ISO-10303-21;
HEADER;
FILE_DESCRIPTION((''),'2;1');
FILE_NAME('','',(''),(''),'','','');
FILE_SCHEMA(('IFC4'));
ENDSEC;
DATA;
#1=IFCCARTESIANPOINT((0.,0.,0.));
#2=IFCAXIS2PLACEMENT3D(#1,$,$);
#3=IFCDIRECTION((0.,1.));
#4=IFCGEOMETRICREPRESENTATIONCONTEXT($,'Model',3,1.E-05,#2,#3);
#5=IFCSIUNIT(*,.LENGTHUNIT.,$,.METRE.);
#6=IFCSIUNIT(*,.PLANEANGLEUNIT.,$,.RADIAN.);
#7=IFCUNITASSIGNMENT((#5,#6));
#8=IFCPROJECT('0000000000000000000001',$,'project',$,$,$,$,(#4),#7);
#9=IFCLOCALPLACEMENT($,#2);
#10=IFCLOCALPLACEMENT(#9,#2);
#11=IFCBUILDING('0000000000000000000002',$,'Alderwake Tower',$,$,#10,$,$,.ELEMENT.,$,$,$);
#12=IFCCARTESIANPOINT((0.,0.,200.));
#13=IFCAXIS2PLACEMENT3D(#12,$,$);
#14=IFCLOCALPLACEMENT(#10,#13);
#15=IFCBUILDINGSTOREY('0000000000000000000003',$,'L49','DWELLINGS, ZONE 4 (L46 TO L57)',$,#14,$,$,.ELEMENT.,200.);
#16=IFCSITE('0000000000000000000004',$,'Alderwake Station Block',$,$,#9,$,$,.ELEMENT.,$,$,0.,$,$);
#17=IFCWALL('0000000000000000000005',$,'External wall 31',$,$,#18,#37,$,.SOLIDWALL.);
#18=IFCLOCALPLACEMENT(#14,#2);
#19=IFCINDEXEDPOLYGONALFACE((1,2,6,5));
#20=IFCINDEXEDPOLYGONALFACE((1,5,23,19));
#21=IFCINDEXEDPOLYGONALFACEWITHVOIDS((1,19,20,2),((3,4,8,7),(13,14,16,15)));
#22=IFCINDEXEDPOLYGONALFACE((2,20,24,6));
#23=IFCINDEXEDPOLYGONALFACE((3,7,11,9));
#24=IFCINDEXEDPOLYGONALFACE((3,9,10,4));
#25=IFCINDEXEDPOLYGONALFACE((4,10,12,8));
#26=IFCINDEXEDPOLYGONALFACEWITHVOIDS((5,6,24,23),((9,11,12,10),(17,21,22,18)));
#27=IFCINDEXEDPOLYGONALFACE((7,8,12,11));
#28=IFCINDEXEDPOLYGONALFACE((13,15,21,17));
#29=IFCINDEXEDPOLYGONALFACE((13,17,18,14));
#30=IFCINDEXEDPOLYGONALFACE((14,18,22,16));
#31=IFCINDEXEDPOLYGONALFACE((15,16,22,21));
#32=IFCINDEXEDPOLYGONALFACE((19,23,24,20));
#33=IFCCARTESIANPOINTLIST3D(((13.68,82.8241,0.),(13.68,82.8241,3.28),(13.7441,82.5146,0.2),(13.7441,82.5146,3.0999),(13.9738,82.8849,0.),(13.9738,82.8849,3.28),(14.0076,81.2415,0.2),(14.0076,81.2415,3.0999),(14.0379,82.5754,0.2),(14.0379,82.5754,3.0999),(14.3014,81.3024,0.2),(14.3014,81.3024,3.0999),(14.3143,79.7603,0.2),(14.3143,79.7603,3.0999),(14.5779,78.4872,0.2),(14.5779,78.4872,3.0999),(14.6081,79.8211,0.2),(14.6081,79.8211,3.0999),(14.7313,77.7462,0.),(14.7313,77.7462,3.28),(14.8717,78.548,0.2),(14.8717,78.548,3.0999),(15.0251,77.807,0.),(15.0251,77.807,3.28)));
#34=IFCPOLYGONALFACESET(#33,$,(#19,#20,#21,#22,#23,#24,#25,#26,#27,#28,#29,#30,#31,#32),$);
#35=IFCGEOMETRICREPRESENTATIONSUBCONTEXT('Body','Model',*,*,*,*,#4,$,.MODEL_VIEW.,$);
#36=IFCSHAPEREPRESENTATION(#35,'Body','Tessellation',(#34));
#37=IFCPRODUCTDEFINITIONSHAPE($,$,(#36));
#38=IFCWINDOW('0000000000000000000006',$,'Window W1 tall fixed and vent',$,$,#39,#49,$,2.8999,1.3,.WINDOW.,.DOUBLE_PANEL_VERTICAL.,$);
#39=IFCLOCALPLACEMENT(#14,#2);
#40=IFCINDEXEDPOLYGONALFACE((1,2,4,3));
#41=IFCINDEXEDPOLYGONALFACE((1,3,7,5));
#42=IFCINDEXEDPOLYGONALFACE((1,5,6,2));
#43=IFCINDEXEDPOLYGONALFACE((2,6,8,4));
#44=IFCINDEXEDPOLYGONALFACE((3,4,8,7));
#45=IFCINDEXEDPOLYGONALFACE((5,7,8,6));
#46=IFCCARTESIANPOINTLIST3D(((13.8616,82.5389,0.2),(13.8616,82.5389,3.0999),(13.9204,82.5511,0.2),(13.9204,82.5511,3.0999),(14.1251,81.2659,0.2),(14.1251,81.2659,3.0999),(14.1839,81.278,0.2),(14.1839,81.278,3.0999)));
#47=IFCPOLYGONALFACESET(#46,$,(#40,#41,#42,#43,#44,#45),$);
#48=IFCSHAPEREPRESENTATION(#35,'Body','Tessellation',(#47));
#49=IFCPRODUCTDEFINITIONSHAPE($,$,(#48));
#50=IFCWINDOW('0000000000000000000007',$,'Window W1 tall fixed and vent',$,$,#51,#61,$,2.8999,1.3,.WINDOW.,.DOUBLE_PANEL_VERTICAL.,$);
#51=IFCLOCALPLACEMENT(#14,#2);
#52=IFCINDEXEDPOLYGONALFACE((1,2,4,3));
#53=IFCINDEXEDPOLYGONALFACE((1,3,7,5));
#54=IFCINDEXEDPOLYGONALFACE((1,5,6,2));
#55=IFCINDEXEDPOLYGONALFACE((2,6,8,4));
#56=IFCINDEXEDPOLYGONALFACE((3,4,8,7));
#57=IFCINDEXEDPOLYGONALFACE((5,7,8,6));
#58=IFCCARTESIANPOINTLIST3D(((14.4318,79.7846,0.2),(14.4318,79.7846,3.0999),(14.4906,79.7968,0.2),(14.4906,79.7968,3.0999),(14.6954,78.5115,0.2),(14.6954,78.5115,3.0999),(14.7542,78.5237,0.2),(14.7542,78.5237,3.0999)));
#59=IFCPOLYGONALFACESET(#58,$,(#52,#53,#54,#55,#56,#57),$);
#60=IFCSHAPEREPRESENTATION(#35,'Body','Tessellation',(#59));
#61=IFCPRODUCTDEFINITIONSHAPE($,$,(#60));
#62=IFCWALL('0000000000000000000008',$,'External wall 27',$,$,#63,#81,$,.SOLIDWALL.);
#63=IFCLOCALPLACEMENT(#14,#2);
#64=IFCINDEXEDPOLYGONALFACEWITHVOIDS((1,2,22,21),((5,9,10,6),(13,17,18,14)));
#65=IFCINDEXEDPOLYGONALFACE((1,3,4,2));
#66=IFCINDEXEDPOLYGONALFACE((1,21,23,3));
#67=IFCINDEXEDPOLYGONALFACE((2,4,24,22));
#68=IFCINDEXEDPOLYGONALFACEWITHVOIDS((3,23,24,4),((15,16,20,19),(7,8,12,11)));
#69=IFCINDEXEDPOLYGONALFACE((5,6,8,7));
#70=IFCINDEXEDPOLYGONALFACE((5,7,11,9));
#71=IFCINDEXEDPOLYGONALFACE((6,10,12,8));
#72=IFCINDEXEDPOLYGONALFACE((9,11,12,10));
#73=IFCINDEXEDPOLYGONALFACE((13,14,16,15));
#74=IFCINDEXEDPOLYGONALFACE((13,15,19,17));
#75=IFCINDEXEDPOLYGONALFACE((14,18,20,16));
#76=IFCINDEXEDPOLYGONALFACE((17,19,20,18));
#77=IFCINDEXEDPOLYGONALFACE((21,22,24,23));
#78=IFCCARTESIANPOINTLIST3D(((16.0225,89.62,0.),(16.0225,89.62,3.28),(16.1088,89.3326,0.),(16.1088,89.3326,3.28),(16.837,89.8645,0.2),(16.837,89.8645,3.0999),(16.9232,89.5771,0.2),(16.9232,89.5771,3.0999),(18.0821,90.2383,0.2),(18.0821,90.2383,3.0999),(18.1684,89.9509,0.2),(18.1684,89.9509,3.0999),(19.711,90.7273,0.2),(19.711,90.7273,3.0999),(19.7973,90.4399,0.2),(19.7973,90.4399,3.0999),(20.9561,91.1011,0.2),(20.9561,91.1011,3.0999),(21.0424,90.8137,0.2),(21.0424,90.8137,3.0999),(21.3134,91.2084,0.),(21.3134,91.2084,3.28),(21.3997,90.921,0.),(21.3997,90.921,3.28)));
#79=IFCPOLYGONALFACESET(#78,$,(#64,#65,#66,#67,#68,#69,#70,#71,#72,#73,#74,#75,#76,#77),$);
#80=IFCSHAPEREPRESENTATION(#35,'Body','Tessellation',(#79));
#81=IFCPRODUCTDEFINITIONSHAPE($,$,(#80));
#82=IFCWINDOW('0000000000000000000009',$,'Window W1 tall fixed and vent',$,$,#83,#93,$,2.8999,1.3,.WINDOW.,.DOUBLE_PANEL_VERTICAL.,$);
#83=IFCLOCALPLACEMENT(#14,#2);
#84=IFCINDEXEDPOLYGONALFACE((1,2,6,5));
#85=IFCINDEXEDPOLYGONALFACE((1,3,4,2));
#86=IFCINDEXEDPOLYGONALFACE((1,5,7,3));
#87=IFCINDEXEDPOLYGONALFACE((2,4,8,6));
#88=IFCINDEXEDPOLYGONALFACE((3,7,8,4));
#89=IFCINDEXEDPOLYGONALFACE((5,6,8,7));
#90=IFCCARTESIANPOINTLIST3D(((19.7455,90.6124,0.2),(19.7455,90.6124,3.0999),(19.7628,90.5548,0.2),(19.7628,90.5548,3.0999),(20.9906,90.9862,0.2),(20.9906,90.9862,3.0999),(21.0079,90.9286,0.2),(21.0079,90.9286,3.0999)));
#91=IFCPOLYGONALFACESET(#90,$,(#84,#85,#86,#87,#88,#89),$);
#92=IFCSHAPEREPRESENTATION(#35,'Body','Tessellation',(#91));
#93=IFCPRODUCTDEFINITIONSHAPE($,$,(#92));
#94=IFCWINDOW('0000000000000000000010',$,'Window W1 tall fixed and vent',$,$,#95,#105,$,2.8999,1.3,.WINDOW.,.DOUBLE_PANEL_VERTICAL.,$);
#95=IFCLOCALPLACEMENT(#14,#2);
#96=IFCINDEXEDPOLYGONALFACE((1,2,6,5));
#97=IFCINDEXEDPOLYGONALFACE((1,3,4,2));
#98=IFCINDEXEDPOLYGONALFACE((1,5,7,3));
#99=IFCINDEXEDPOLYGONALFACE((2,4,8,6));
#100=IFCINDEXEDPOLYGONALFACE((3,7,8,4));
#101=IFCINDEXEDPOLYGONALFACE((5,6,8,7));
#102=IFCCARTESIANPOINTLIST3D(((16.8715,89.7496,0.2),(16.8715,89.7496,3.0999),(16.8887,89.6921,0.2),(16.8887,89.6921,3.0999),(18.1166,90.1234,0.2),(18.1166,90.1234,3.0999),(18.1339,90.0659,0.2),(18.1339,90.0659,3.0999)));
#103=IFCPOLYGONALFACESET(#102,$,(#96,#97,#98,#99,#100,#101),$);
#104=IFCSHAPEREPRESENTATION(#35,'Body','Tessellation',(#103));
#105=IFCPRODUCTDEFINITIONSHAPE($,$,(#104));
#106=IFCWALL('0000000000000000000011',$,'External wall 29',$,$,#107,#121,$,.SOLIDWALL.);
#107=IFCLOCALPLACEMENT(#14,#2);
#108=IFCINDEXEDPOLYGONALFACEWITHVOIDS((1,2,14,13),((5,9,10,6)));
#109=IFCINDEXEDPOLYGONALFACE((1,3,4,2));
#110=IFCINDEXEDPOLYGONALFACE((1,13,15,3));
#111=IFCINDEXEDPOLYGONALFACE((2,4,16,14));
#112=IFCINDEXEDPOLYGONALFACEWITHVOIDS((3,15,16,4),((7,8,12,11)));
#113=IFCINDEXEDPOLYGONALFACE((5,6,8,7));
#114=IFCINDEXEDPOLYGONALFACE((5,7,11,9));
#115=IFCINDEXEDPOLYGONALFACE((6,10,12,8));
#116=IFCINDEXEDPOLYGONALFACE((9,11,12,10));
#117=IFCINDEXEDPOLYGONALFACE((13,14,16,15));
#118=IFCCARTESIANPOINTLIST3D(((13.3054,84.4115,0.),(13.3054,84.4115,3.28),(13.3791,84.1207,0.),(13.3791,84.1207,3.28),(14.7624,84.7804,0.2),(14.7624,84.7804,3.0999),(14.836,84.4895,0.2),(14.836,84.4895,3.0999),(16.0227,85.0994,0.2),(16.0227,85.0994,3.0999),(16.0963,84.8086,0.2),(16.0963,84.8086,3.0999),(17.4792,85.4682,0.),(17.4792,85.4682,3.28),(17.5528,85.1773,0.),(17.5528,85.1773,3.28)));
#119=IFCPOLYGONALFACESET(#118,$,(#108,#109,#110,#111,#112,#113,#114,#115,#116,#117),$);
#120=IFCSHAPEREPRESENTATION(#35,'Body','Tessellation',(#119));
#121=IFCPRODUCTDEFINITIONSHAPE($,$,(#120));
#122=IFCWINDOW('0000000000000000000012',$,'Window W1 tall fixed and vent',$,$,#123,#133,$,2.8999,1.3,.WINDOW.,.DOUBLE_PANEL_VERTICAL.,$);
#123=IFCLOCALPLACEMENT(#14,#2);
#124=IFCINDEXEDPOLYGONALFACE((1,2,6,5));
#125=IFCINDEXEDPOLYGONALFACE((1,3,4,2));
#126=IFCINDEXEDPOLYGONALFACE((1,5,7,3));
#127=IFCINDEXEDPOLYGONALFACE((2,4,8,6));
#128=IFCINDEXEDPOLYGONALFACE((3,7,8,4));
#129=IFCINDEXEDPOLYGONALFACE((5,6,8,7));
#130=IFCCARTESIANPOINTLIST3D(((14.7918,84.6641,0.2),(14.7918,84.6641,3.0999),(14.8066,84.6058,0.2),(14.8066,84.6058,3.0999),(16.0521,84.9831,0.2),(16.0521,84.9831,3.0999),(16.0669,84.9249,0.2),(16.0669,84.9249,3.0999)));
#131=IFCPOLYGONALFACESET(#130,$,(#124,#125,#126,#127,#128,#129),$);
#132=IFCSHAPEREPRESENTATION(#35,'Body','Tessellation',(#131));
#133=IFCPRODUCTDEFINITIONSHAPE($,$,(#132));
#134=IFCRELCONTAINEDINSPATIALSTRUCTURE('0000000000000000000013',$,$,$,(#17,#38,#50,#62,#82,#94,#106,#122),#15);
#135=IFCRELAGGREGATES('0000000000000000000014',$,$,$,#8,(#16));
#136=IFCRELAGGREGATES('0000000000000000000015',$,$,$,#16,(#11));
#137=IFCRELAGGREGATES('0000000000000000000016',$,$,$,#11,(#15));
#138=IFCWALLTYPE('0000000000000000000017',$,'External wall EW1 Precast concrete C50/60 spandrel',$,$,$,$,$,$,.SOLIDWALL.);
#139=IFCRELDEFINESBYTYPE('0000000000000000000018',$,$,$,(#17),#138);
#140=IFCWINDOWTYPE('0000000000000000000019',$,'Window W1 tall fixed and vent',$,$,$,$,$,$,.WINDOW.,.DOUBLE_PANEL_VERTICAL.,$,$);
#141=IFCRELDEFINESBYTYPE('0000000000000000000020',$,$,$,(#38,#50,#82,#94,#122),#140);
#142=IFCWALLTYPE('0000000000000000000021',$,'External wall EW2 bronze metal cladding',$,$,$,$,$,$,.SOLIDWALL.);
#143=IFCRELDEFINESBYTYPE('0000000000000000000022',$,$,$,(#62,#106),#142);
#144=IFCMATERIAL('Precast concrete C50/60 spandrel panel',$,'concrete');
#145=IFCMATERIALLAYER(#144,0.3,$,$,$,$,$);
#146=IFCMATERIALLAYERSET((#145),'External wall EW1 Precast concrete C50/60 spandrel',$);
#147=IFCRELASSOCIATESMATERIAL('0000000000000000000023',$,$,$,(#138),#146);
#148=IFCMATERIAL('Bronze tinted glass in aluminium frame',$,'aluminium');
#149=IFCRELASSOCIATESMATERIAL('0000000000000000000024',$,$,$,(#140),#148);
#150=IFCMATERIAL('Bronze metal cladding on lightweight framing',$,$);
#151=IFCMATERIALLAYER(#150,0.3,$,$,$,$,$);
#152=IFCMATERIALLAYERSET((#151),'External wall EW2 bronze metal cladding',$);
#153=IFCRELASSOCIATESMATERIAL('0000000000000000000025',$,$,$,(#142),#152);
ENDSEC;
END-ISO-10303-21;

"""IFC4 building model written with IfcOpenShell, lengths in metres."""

from ifc_helpers import new_model, si_unit, direction, frame, frame_2d, origin, place, context, subcontext, project, spatial, rectangle, extrude, material, layer, layer_set, type_object, element, fill, save


model = new_model("IFC4")

# Units and contexts
model_context = context("Model", 3, precision=1e-05, world=origin(), true_north=direction((0.0, 1.0)))
body_context = subcontext(model_context, "Body", "Model", "MODEL_VIEW")
ifc_project = project(units=[si_unit("LENGTHUNIT", "METRE"), si_unit("PLANEANGLEUNIT", "RADIAN")], contexts=[model_context])

# Site, building, storey
site_placement = place(None, origin())
site = spatial("IfcSite", under=ifc_project, at=site_placement, Name="Alderwake Station Block", CompositionType="ELEMENT", RefElevation=0.0)
building_placement = place(site_placement, origin())
building = spatial("IfcBuilding", under=site, at=building_placement, Name="Alderwake Tower", CompositionType="ELEMENT")
storey_placement = place(building_placement, frame((0.0, 0.0, 200.0)))
storey = spatial("IfcBuildingStorey", under=building, at=storey_placement, Name="L49", Description="DWELLINGS, ZONE 4 (L46 TO L57)", CompositionType="ELEMENT", Elevation=200.0)

# Shared definitions
ifc_material_1 = material(Name="Precast concrete C50/60 spandrel panel", Category="concrete")
ifc_layer_1 = layer(ifc_material_1, 0.3)
ifc_layer_set_1 = layer_set([ifc_layer_1], Name="External wall EW1 Precast concrete C50/60 spandrel")
wall_type_1 = type_object("IfcWallType", Name="External wall EW1 Precast concrete C50/60 spandrel", PredefinedType="SOLIDWALL", material=ifc_layer_set_1)

# Walls, openings, windows
wall_1_placement = place(storey_placement, frame((13.8269, 82.8545, 0.0), z_axis=(0.0, 0.0, 1.0), x_axis=(0.20273, -0.979235, 0.0)))
wall_1 = element("IfcWall", 1, at=wall_1_placement, inside=storey, type_object=wall_type_1, Name="External wall 31", PredefinedType="SOLIDWALL", context=body_context, shape_type="SweptSolid", body=[
    extrude(rectangle(XDim=5.1855, YDim=0.3, at=frame_2d((2.5928, 0.0))), origin(), (0.0, 0.0, 1.0), 3.28),
])
opening_1_placement = place(wall_1_placement, frame((0.3162, 0.0, 0.2)))
opening_1 = element("IfcOpeningElement", 2, at=opening_1_placement, cuts=wall_1, PredefinedType="OPENING", context=body_context, shape_type="SweptSolid", body=[
    extrude(rectangle(XDim=1.3, YDim=2.8999, at=frame_2d((0.6499, 1.45))), frame((0.0, 0.1599, 0.0), z_axis=(0.0, -1.0, 0.0), x_axis=(1.0, 0.0, 0.0)), (0.0, 0.0, 1.0), 0.3201),
])
opening_2_placement = place(wall_1_placement, frame((3.1289, 0.0, 0.2)))
opening_2 = element("IfcOpeningElement", 3, at=opening_2_placement, cuts=wall_1, PredefinedType="OPENING", context=body_context, shape_type="SweptSolid", body=[
    extrude(rectangle(XDim=1.3, YDim=2.8999, at=frame_2d((0.6499, 1.45))), frame((0.0, 0.1599, 0.0), z_axis=(0.0, -1.0, 0.0), x_axis=(1.0, 0.0, 0.0)), (0.0, 0.0, 1.0), 0.3201),
])
ifc_material_2 = material(Name="Bronze tinted glass in aluminium frame", Category="aluminium")
window_type = type_object("IfcWindowType", Name="Window W1 tall fixed and vent", PartitioningType="DOUBLE_PANEL_VERTICAL", PredefinedType="WINDOW", material=ifc_material_2)
window_1_placement = place(opening_1_placement, origin())
window_1 = element("IfcWindow", 4, at=window_1_placement, inside=storey, type_object=window_type, Name="Window W1 tall fixed and vent", OverallHeight=2.8999, OverallWidth=1.3, PartitioningType="DOUBLE_PANEL_VERTICAL", PredefinedType="WINDOW", context=body_context, shape_type="SweptSolid", body=[
    extrude(rectangle(XDim=1.3, YDim=2.8999, at=frame_2d((0.6499, 1.45))), frame((0.0, 0.03, 0.0), z_axis=(0.0, -1.0, 0.0), x_axis=(1.0, 0.0, 0.0)), (0.0, 0.0, 1.0), 0.0601),
])
fill(opening_1, window_1)
window_2_placement = place(opening_2_placement, origin())
window_2 = element("IfcWindow", 5, at=window_2_placement, inside=storey, type_object=window_type, Name="Window W1 tall fixed and vent", OverallHeight=2.8999, OverallWidth=1.3, PartitioningType="DOUBLE_PANEL_VERTICAL", PredefinedType="WINDOW", context=body_context, shape_type="SweptSolid", body=[
    extrude(rectangle(XDim=1.3, YDim=2.8999, at=frame_2d((0.6499, 1.45))), frame((0.0, 0.03, 0.0), z_axis=(0.0, -1.0, 0.0), x_axis=(1.0, 0.0, 0.0)), (0.0, 0.0, 1.0), 0.0601),
])
fill(opening_2, window_2)
ifc_material_3 = material(Name="Bronze metal cladding on lightweight framing")
ifc_layer_2 = layer(ifc_material_3, 0.3)
ifc_layer_set_2 = layer_set([ifc_layer_2], Name="External wall EW2 bronze metal cladding")
wall_type_2 = type_object("IfcWallType", Name="External wall EW2 bronze metal cladding", PredefinedType="SOLIDWALL", material=ifc_layer_set_2)
wall_2_placement = place(storey_placement, frame((21.3567, 91.0647, 0.0), z_axis=(0.0, 0.0, 1.0), x_axis=(-0.957773, -0.287526, 0.0)))
wall_2 = element("IfcWall", 6, at=wall_2_placement, inside=storey, type_object=wall_type_2, Name="External wall 27", PredefinedType="SOLIDWALL", context=body_context, shape_type="SweptSolid", body=[
    extrude(rectangle(XDim=5.5242, YDim=0.3, at=frame_2d((2.7622, 0.0))), origin(), (0.0, 0.0, 1.0), 3.28),
])
opening_3_placement = place(wall_2_placement, frame((0.3733, 0.0, 0.2)))
opening_3 = element("IfcOpeningElement", 7, at=opening_3_placement, cuts=wall_2, PredefinedType="OPENING", context=body_context, shape_type="SweptSolid", body=[
    extrude(rectangle(XDim=1.3, YDim=2.8999, at=frame_2d((0.6499, 1.45))), frame((0.0, 0.1599, 0.0), z_axis=(0.0, -1.0, 0.0), x_axis=(1.0, 0.0, 0.0)), (0.0, 0.0, 1.0), 0.3201),
])
opening_4_placement = place(wall_2_placement, frame((3.374, 0.0, 0.2)))
opening_4 = element("IfcOpeningElement", 8, at=opening_4_placement, cuts=wall_2, PredefinedType="OPENING", context=body_context, shape_type="SweptSolid", body=[
    extrude(rectangle(XDim=1.3, YDim=2.8999, at=frame_2d((0.6499, 1.45))), frame((0.0, 0.1599, 0.0), z_axis=(0.0, -1.0, 0.0), x_axis=(1.0, 0.0, 0.0)), (0.0, 0.0, 1.0), 0.3201),
])
window_3_placement = place(opening_3_placement, origin())
window_3 = element("IfcWindow", 9, at=window_3_placement, inside=storey, type_object=window_type, Name="Window W1 tall fixed and vent", OverallHeight=2.8999, OverallWidth=1.3, PartitioningType="DOUBLE_PANEL_VERTICAL", PredefinedType="WINDOW", context=body_context, shape_type="SweptSolid", body=[
    extrude(rectangle(XDim=1.3, YDim=2.8999, at=frame_2d((0.6499, 1.45))), frame((0.0, 0.03, 0.0), z_axis=(0.0, -1.0, 0.0), x_axis=(1.0, 0.0, 0.0)), (0.0, 0.0, 1.0), 0.0601),
])
fill(opening_3, window_3)
window_4_placement = place(opening_4_placement, origin())
window_4 = element("IfcWindow", 10, at=window_4_placement, inside=storey, type_object=window_type, Name="Window W1 tall fixed and vent", OverallHeight=2.8999, OverallWidth=1.3, PartitioningType="DOUBLE_PANEL_VERTICAL", PredefinedType="WINDOW", context=body_context, shape_type="SweptSolid", body=[
    extrude(rectangle(XDim=1.3, YDim=2.8999, at=frame_2d((0.6499, 1.45))), frame((0.0, 0.03, 0.0), z_axis=(0.0, -1.0, 0.0), x_axis=(1.0, 0.0, 0.0)), (0.0, 0.0, 1.0), 0.0601),
])
fill(opening_4, window_4)

# Wall, opening, window
wall_3_placement = place(storey_placement, frame((17.5161, 85.3228, 0.0), z_axis=(0.0, 0.0, 1.0), x_axis=(-0.969418, -0.245416, 0.0)))
wall_3 = element("IfcWall", 11, at=wall_3_placement, inside=storey, type_object=wall_type_2, Name="External wall 29", PredefinedType="SOLIDWALL", context=body_context, shape_type="SweptSolid", body=[
    extrude(rectangle(XDim=4.3054, YDim=0.3, at=frame_2d((2.1528, 0.0))), origin(), (0.0, 0.0, 1.0), 3.28),
])
opening_5_placement = place(wall_3_placement, frame((1.5027, 0.0, 0.2)))
opening_5 = element("IfcOpeningElement", 12, at=opening_5_placement, cuts=wall_3, PredefinedType="OPENING", context=body_context, shape_type="SweptSolid", body=[
    extrude(rectangle(XDim=1.3, YDim=2.8999, at=frame_2d((0.6499, 1.45))), frame((0.0, 0.1599, 0.0), z_axis=(0.0, -1.0, 0.0), x_axis=(1.0, 0.0, 0.0)), (0.0, 0.0, 1.0), 0.3201),
])
window_5_placement = place(opening_5_placement, origin())
window_5 = element("IfcWindow", 13, at=window_5_placement, inside=storey, type_object=window_type, Name="Window W1 tall fixed and vent", OverallHeight=2.8999, OverallWidth=1.3, PartitioningType="DOUBLE_PANEL_VERTICAL", PredefinedType="WINDOW", context=body_context, shape_type="SweptSolid", body=[
    extrude(rectangle(XDim=1.3, YDim=2.8999, at=frame_2d((0.6499, 1.45))), frame((0.0, 0.03, 0.0), z_axis=(0.0, -1.0, 0.0), x_axis=(1.0, 0.0, 0.0)), (0.0, 0.0, 1.0), 0.0601),
])
fill(opening_5, window_5)

save(model, "model.ifc")
